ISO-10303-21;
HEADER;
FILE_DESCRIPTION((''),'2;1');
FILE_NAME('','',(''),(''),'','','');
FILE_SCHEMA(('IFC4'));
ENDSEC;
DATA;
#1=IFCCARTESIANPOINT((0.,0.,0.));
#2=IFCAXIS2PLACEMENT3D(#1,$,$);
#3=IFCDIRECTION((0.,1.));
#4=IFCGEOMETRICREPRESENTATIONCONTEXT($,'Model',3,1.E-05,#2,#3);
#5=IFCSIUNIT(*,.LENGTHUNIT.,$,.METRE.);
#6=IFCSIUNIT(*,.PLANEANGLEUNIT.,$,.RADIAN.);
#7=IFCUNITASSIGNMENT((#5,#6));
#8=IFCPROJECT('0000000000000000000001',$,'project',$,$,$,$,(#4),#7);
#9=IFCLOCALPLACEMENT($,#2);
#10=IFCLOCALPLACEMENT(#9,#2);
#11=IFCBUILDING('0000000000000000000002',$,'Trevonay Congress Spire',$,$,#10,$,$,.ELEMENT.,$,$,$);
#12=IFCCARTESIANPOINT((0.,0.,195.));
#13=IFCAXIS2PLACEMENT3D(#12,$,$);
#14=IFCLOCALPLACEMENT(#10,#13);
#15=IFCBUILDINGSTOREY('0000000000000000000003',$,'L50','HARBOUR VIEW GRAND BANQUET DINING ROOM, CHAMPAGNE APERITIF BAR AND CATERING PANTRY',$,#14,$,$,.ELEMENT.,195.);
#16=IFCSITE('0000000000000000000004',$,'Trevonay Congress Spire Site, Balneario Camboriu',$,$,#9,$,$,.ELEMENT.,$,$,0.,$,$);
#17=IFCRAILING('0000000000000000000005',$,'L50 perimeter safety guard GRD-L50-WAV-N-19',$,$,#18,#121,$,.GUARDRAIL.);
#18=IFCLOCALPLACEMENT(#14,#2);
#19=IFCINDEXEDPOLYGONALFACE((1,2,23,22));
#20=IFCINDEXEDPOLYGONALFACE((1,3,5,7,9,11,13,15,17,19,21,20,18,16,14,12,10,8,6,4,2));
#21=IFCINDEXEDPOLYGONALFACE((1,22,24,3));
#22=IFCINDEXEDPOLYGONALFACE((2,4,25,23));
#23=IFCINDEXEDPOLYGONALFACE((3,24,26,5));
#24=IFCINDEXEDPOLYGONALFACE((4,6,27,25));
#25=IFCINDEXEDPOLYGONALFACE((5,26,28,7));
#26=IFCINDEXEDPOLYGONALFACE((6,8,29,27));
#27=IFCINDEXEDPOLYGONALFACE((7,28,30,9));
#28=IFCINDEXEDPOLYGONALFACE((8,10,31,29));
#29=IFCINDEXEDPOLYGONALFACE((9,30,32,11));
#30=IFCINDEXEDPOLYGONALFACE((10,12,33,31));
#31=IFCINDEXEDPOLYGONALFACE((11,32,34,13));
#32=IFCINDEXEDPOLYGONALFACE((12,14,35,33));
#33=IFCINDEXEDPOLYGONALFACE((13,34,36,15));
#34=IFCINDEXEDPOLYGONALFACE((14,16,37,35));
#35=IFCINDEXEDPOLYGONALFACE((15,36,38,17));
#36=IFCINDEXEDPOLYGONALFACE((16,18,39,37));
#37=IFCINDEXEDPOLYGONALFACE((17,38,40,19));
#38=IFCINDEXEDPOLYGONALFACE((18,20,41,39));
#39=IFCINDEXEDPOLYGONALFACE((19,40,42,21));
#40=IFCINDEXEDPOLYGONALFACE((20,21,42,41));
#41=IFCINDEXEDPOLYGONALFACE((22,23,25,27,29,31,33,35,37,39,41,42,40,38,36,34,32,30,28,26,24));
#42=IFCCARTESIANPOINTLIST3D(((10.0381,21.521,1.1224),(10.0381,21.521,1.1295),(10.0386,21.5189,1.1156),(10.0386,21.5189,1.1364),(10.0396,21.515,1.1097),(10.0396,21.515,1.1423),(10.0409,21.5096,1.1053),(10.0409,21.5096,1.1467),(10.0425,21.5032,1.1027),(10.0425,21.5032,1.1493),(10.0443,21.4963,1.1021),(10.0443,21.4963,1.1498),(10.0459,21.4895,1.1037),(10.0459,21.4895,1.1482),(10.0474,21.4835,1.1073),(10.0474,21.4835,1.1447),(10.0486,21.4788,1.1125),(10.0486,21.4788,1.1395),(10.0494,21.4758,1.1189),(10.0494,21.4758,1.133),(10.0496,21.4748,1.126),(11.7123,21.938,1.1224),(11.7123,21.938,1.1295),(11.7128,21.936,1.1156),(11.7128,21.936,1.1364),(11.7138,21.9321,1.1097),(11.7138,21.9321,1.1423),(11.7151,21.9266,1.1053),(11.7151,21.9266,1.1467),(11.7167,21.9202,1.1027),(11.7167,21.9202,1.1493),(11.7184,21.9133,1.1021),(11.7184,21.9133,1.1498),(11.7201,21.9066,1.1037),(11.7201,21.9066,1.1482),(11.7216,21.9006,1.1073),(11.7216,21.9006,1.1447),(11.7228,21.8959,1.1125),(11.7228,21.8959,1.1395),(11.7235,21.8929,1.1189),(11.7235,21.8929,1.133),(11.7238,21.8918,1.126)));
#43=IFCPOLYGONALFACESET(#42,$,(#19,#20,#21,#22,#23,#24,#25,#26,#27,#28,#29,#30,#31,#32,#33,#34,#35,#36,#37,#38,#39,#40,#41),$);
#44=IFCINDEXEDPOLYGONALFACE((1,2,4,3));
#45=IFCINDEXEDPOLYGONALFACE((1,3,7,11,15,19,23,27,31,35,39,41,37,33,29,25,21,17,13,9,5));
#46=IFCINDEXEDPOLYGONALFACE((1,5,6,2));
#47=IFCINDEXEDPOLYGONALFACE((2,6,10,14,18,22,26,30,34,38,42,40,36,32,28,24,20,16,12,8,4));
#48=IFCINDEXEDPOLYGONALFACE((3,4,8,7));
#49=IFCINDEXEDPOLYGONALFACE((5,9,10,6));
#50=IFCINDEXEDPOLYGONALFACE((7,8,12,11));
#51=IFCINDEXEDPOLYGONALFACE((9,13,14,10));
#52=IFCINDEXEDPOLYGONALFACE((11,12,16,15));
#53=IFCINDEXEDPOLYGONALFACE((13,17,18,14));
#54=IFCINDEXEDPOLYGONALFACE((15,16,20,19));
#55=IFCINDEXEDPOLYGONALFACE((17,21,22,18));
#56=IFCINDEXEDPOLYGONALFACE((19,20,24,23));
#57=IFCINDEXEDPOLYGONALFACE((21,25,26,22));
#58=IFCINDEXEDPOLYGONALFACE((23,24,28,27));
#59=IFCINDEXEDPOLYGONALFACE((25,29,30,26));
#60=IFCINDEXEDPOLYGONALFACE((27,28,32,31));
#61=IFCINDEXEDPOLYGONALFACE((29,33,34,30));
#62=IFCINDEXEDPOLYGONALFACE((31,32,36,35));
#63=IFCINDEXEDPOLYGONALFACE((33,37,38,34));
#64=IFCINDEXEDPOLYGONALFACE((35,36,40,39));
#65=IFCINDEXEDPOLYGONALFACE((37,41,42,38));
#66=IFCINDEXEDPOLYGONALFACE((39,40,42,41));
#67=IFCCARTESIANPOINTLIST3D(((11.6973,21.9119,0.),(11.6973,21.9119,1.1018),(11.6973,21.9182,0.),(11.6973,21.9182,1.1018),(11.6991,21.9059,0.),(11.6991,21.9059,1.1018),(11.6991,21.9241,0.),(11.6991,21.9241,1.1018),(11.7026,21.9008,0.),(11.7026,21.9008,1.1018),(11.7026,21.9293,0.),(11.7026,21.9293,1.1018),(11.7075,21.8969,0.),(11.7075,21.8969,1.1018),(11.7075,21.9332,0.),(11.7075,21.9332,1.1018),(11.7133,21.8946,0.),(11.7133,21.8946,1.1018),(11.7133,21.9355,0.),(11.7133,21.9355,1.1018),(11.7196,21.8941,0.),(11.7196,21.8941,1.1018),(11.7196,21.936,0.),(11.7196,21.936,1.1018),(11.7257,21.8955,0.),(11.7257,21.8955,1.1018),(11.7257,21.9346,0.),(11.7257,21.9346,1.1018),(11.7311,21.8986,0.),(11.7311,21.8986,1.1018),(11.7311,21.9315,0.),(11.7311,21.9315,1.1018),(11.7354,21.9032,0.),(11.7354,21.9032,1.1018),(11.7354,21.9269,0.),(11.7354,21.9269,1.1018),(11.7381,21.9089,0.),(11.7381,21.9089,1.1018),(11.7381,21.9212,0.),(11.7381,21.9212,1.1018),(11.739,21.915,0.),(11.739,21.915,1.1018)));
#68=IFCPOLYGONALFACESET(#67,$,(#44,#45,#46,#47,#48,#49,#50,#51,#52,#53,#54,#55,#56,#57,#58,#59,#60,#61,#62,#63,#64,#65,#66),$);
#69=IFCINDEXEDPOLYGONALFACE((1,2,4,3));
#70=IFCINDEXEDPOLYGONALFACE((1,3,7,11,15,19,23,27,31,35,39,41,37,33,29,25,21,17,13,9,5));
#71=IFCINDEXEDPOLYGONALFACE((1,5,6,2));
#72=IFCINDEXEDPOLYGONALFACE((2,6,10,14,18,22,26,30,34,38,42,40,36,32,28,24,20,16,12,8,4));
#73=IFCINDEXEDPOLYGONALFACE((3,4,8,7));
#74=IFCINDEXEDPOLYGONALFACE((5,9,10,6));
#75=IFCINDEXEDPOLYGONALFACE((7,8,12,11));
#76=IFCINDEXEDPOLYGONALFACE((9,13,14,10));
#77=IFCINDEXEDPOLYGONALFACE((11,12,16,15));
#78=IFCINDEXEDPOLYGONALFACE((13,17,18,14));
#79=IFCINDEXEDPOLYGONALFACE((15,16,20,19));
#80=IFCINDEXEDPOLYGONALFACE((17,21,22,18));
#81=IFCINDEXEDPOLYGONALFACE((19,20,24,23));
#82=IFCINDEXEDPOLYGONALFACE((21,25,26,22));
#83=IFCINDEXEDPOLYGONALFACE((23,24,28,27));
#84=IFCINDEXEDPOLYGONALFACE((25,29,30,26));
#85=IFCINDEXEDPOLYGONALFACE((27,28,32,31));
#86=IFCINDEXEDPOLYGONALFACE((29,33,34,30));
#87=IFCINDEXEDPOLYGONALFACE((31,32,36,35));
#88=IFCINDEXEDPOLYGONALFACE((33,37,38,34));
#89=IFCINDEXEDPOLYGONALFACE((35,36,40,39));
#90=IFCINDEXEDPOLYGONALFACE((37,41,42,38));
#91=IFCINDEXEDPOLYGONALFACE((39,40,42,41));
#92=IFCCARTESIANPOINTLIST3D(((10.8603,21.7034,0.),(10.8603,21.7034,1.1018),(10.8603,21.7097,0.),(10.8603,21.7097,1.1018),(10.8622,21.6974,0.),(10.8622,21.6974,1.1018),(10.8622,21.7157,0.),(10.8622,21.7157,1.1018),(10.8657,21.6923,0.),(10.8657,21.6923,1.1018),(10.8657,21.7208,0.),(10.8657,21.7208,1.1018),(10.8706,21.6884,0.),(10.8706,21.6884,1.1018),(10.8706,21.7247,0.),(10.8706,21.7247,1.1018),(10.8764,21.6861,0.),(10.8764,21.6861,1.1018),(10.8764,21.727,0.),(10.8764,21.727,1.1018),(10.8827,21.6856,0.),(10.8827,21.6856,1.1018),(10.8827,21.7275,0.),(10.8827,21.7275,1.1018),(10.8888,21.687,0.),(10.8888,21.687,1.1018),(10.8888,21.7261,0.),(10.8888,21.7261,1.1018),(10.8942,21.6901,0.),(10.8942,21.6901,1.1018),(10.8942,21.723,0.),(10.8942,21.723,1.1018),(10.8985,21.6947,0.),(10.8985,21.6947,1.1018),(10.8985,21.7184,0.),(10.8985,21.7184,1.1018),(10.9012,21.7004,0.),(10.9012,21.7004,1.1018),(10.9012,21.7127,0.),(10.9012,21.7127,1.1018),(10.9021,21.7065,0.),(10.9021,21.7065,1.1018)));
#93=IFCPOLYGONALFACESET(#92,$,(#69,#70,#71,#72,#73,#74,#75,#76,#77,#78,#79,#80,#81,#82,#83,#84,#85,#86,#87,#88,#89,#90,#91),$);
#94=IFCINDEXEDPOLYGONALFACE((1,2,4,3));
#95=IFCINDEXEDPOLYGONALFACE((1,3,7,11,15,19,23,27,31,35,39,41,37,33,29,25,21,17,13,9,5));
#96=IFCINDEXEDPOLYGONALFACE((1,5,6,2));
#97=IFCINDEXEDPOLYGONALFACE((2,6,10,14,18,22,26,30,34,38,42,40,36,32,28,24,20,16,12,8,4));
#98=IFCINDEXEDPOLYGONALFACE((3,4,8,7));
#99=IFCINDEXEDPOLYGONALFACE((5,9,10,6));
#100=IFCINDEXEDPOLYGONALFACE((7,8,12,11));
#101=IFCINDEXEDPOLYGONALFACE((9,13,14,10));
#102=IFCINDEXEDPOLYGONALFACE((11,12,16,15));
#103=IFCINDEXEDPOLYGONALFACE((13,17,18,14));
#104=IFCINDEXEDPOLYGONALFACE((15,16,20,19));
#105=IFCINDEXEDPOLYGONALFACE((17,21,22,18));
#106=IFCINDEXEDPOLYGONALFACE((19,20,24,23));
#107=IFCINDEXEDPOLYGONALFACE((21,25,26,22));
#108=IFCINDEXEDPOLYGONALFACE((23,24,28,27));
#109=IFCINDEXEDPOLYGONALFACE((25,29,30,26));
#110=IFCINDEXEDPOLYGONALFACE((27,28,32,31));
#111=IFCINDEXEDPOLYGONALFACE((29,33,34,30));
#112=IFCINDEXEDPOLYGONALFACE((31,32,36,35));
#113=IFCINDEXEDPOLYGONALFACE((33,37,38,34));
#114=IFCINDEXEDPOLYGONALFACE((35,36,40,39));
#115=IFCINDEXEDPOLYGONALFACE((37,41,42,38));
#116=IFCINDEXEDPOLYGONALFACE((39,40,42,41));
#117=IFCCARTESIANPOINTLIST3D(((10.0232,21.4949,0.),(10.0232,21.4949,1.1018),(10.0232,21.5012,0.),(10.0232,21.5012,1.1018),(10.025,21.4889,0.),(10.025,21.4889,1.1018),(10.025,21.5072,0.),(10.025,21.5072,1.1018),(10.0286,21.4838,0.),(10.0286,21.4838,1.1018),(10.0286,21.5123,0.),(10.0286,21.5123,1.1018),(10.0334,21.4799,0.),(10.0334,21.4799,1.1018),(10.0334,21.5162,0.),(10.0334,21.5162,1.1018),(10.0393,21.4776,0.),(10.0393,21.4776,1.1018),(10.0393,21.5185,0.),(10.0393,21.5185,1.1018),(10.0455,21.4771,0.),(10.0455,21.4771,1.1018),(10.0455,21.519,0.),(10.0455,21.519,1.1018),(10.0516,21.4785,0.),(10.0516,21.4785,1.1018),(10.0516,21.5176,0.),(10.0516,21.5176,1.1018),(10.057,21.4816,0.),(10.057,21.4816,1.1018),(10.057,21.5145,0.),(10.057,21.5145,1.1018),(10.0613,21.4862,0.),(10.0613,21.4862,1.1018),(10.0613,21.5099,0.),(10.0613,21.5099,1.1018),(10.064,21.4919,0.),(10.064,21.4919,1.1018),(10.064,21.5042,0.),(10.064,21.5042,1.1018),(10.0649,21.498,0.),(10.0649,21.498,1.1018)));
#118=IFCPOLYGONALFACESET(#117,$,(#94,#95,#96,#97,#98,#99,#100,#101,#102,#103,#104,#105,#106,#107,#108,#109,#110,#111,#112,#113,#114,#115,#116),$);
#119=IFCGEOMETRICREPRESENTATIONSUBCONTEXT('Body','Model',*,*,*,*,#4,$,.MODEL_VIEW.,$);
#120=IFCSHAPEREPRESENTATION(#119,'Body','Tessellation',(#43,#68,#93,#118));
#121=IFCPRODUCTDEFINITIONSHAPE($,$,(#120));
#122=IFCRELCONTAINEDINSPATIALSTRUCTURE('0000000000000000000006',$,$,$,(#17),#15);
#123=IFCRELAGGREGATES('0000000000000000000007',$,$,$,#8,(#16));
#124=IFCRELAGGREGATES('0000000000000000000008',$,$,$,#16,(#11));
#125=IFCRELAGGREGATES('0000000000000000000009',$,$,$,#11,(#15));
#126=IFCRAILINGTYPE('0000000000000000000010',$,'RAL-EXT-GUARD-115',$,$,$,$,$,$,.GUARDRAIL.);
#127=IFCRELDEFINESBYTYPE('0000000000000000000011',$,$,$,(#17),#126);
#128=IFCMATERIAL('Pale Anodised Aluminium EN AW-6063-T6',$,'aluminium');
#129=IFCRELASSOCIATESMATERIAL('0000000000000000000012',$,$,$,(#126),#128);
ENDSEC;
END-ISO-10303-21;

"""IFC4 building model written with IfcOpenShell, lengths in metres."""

from ifc_helpers import new_model, si_unit, direction, frame, origin, origin_2d, place, context, subcontext, project, spatial, circle, extrude, material, type_object, element, save


model = new_model("IFC4")

# Units and contexts
model_context = context("Model", 3, precision=1e-05, world=origin(), true_north=direction((0.0, 1.0)))
body_context = subcontext(model_context, "Body", "Model", "MODEL_VIEW")
ifc_project = project(units=[si_unit("LENGTHUNIT", "METRE"), si_unit("PLANEANGLEUNIT", "RADIAN")], contexts=[model_context])

# Site, building, storey
site_placement = place(None, origin())
site = spatial("IfcSite", under=ifc_project, at=site_placement, Name="Trevonay Congress Spire Site, Balneario Camboriu", CompositionType="ELEMENT", RefElevation=0.0)
building_placement = place(site_placement, origin())
building = spatial("IfcBuilding", under=site, at=building_placement, Name="Trevonay Congress Spire", CompositionType="ELEMENT")
storey_placement = place(building_placement, frame((0.0, 0.0, 195.0)))
storey = spatial("IfcBuildingStorey", under=building, at=storey_placement, Name="L50", Description="HARBOUR VIEW GRAND BANQUET DINING ROOM, CHAMPAGNE APERITIF BAR AND CATERING PANTRY", CompositionType="ELEMENT", Elevation=195.0)

# Shared definitions
ifc_material_1 = material(Name="Pale Anodised Aluminium EN AW-6063-T6", Category="aluminium")

# Railing
railing_type = type_object("IfcRailingType", Name="RAL-EXT-GUARD-115", PredefinedType="GUARDRAIL", material=ifc_material_1)
railing_1_placement = place(storey_placement, frame((11.718, 21.915, 0.0)))
element("IfcRailing", 1, at=railing_1_placement, inside=storey, type_object=railing_type, Name="L50 perimeter safety guard GRD-L50-WAV-N-19", PredefinedType="GUARDRAIL", context=body_context, shape_type="SweptSolid", body=[
    extrude(circle(Radius=0.0239, at=origin_2d()), frame((0.0, 0.0, 1.126), z_axis=(-0.97035, -0.241703, 0.0), x_axis=(0.241703, -0.97035, 0.0)), (0.0, 0.0, 1.0), 1.7253),
    extrude(circle(Radius=0.021, at=origin_2d()), origin(), (0.0, 0.0, 1.0), 1.1018),
    extrude(circle(Radius=0.021, at=origin_2d()), frame((-0.8369, -0.2085, 0.0)), (0.0, 0.0, 1.0), 1.1018),
    extrude(circle(Radius=0.021, at=origin_2d()), frame((-1.6741, -0.417, 0.0)), (0.0, 0.0, 1.0), 1.1018),
])

save(model, "model.ifc")
